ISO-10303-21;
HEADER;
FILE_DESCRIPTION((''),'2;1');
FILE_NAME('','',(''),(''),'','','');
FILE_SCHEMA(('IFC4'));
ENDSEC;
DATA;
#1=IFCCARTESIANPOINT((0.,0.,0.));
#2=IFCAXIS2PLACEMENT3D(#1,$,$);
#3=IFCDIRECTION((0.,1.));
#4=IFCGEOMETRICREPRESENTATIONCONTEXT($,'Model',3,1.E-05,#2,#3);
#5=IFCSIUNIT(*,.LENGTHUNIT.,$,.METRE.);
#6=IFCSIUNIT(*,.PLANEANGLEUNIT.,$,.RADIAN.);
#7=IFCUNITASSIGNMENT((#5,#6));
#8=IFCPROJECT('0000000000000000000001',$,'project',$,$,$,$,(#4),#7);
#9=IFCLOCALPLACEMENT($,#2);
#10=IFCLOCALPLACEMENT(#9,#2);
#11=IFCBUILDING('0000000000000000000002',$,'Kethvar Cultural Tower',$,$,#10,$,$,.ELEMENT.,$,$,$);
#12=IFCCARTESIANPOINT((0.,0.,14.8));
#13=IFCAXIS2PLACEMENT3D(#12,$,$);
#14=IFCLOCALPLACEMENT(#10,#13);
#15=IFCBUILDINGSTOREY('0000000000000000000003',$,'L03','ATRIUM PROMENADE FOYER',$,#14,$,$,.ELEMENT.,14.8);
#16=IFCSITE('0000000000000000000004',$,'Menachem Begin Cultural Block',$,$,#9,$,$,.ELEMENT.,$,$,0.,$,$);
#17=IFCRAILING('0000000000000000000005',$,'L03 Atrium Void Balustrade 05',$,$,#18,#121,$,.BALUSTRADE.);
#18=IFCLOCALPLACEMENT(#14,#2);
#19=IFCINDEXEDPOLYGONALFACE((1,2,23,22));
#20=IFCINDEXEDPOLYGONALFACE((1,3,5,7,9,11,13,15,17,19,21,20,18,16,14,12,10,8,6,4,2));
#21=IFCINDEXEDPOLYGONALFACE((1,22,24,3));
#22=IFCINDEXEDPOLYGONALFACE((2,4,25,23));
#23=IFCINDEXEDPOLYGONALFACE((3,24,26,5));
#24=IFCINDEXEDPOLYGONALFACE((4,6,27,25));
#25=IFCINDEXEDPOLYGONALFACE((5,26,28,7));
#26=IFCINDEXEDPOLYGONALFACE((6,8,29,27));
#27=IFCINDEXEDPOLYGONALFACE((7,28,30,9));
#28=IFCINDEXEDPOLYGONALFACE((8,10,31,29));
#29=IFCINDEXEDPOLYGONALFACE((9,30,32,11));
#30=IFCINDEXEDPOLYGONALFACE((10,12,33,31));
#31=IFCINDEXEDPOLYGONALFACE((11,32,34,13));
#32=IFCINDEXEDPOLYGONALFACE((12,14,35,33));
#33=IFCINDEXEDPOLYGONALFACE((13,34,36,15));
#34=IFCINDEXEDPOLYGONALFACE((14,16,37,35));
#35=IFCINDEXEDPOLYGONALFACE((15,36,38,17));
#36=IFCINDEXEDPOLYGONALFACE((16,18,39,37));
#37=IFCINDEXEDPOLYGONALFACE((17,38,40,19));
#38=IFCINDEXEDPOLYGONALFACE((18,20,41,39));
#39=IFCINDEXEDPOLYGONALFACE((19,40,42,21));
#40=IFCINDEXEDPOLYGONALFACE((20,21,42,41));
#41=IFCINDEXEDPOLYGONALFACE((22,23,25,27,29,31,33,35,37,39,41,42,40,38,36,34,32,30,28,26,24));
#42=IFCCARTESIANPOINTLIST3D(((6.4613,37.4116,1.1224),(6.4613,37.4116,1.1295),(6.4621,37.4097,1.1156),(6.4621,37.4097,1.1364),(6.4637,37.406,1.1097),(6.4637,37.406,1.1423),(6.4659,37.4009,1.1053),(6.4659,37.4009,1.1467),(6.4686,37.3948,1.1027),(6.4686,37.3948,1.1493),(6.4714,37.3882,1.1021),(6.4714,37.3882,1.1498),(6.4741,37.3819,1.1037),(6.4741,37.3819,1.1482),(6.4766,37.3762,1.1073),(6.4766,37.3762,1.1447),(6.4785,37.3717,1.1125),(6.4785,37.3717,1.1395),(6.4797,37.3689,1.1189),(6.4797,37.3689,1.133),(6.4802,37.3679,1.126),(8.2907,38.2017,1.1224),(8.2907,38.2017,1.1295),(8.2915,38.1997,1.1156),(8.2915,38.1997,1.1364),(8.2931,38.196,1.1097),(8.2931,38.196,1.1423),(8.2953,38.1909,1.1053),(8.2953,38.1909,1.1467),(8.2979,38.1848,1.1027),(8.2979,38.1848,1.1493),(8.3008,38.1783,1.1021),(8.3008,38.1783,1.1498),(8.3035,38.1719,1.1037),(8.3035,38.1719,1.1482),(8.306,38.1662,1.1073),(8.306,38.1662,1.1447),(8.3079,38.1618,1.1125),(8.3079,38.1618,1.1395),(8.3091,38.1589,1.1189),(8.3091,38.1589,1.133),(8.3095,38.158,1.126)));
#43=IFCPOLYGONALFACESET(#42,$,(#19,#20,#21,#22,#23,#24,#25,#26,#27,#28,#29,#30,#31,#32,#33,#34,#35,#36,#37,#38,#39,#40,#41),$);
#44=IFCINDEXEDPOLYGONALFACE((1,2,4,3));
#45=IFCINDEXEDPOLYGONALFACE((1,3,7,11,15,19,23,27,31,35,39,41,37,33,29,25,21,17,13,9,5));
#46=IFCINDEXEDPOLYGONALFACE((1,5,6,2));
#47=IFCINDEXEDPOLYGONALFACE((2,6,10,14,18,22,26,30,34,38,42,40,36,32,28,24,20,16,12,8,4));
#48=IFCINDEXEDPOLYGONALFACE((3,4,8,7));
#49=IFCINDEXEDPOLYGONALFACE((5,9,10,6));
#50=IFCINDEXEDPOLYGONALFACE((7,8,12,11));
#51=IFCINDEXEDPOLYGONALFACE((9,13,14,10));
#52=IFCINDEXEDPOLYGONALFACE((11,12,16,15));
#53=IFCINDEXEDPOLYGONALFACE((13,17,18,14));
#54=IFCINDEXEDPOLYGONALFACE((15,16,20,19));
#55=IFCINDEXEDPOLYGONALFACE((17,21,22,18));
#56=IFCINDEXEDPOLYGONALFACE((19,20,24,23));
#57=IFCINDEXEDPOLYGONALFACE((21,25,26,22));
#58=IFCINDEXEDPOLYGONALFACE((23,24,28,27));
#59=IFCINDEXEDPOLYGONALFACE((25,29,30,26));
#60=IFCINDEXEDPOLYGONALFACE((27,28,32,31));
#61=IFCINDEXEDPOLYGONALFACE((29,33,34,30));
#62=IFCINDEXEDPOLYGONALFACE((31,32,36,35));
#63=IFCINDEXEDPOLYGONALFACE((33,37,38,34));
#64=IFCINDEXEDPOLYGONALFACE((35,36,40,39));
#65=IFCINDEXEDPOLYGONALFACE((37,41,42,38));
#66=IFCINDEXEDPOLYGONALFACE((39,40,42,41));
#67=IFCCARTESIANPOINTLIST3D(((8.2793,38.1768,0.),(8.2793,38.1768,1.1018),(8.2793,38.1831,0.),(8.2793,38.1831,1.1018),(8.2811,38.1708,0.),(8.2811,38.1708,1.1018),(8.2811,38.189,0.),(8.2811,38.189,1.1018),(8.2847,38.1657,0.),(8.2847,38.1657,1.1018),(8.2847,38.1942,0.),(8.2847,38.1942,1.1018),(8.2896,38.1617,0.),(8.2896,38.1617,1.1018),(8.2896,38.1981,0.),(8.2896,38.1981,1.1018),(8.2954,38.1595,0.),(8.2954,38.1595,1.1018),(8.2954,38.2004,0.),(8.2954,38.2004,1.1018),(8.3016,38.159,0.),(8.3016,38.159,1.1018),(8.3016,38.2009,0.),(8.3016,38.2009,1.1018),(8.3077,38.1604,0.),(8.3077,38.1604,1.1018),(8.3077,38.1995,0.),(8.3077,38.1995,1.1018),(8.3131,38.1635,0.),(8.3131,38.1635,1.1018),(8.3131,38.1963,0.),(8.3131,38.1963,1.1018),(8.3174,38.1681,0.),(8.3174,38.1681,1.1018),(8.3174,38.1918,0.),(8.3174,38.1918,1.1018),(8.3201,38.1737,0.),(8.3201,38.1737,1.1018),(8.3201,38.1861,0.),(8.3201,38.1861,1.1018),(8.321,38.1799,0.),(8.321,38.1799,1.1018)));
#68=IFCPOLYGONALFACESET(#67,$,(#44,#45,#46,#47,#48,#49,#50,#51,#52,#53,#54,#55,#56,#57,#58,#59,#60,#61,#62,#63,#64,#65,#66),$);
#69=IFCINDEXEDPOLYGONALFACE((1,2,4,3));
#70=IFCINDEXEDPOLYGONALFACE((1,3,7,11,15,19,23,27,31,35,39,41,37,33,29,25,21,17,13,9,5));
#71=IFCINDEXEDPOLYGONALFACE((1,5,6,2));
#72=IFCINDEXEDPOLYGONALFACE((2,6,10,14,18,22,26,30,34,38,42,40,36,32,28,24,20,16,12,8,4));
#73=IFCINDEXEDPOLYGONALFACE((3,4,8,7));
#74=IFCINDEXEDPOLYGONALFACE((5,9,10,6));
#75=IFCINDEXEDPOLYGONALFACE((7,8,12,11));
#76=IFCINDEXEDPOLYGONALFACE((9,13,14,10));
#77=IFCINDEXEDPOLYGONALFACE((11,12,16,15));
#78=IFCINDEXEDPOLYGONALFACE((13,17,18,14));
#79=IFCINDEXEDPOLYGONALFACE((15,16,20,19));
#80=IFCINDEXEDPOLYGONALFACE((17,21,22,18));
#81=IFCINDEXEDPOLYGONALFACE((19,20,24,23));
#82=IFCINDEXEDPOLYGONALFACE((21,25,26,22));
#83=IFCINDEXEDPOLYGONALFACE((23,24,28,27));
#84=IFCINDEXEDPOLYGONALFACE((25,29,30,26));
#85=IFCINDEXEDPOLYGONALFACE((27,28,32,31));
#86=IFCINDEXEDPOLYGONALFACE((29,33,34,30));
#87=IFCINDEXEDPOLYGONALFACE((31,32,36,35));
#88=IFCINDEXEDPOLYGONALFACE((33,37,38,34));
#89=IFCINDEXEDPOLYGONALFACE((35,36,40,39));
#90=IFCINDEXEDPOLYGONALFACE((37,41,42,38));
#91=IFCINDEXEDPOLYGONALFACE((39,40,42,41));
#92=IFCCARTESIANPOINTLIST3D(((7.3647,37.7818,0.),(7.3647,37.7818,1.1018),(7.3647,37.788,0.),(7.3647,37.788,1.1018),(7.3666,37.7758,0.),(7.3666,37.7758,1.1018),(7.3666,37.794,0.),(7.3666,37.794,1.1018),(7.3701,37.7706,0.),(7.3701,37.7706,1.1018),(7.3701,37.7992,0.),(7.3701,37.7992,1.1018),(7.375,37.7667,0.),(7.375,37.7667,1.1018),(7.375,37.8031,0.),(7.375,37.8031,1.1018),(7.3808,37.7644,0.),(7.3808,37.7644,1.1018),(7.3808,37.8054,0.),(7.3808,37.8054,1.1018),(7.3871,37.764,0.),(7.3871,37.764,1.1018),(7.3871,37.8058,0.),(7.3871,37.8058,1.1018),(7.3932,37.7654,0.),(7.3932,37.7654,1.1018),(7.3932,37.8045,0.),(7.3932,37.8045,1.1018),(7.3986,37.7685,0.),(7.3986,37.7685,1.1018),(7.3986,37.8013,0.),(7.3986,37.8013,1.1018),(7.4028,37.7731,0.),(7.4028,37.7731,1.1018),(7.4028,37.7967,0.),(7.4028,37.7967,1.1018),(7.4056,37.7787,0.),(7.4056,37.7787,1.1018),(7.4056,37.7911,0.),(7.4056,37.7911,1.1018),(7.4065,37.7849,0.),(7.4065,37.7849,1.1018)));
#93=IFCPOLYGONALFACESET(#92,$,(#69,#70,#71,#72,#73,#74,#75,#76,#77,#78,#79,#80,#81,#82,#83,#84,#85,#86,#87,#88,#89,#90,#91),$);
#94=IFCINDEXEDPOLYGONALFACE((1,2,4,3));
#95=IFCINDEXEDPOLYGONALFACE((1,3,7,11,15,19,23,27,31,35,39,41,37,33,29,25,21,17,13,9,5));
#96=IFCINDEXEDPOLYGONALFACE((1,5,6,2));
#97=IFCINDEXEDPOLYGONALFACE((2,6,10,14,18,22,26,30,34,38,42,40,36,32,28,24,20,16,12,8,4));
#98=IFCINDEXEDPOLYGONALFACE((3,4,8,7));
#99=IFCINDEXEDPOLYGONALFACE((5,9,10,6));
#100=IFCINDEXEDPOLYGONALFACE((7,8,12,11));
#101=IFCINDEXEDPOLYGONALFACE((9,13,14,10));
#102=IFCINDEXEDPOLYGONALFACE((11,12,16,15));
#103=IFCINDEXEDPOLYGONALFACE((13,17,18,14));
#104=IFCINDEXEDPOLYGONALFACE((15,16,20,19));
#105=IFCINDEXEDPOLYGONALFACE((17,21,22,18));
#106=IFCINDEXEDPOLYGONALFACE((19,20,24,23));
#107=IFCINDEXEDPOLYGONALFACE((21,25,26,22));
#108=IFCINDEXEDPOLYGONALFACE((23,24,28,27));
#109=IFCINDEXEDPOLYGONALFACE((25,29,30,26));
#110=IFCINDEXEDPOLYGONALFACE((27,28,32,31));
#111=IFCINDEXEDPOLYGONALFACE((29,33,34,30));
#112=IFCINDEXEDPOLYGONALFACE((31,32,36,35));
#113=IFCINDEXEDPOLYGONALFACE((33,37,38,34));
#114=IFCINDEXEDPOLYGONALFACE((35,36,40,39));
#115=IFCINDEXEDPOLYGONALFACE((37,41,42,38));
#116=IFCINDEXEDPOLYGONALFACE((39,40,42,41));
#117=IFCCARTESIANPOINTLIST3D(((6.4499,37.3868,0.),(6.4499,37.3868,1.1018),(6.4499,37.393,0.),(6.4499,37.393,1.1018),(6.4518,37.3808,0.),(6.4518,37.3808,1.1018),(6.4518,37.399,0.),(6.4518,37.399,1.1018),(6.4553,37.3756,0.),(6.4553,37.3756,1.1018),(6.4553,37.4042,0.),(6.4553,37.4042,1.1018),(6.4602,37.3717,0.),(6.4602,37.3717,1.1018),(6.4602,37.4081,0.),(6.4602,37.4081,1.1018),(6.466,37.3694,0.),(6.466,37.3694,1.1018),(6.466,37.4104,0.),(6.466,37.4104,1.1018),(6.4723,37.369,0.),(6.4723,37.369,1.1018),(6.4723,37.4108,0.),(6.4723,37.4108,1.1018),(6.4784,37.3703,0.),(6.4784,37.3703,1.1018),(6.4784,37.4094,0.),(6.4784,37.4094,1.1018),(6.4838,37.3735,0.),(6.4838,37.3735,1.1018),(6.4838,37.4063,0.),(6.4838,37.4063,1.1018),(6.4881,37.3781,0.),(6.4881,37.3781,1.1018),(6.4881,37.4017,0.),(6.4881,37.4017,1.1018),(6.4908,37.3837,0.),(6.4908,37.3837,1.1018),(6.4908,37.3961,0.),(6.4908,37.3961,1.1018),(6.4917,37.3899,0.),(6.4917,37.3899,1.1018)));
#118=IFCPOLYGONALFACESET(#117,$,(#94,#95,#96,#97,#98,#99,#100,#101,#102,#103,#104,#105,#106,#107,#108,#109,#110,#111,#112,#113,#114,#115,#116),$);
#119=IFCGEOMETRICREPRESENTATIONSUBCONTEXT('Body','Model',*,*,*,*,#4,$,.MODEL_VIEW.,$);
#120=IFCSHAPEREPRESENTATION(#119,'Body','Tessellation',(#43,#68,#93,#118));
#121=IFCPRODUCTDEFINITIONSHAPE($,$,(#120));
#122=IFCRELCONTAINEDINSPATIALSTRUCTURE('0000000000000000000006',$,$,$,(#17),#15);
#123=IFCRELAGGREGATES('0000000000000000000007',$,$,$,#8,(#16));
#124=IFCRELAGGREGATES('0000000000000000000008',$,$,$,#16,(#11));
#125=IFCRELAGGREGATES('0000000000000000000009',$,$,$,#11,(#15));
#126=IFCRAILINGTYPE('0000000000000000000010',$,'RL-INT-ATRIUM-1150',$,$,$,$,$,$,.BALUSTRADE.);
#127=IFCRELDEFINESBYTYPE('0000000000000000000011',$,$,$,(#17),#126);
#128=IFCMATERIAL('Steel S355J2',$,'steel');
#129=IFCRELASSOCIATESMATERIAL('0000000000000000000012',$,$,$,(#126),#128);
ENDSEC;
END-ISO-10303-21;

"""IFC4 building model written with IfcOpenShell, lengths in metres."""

from ifc_helpers import new_model, si_unit, direction, frame, origin, origin_2d, place, context, subcontext, project, spatial, circle, extrude, material, type_object, element, save


model = new_model("IFC4")

# Units and contexts
model_context = context("Model", 3, precision=1e-05, world=origin(), true_north=direction((0.0, 1.0)))
body_context = subcontext(model_context, "Body", "Model", "MODEL_VIEW")
ifc_project = project(units=[si_unit("LENGTHUNIT", "METRE"), si_unit("PLANEANGLEUNIT", "RADIAN")], contexts=[model_context])

# Site, building, storey
site_placement = place(None, origin())
site = spatial("IfcSite", under=ifc_project, at=site_placement, Name="Menachem Begin Cultural Block", CompositionType="ELEMENT", RefElevation=0.0)
building_placement = place(site_placement, origin())
building = spatial("IfcBuilding", under=site, at=building_placement, Name="Kethvar Cultural Tower", CompositionType="ELEMENT")
storey_placement = place(building_placement, frame((0.0, 0.0, 14.8)))
storey = spatial("IfcBuildingStorey", under=building, at=storey_placement, Name="L03", Description="ATRIUM PROMENADE FOYER", CompositionType="ELEMENT", Elevation=14.8)

# Shared definitions
ifc_material_1 = material(Name="Steel S355J2", Category="steel")

# Railing
railing_type = type_object("IfcRailingType", Name="RL-INT-ATRIUM-1150", PredefinedType="BALUSTRADE", material=ifc_material_1)
railing_1_placement = place(storey_placement, frame((8.3, 38.1799, 0.0)))
element("IfcRailing", 1, at=railing_1_placement, inside=storey, type_object=railing_type, Name="L03 Atrium Void Balustrade 05", PredefinedType="BALUSTRADE", context=body_context, shape_type="SweptSolid", body=[
    extrude(circle(Radius=0.0239, at=origin_2d()), frame((0.0, 0.0, 1.126), z_axis=(-0.918045, -0.396476, 0.0), x_axis=(0.396476, -0.918045, 0.0)), (0.0, 0.0, 1.0), 1.9927),
    extrude(circle(Radius=0.021, at=origin_2d()), origin(), (0.0, 0.0, 1.0), 1.1018),
    extrude(circle(Radius=0.021, at=origin_2d()), frame((-0.9146, -0.395, 0.0)), (0.0, 0.0, 1.0), 1.1018),
    extrude(circle(Radius=0.021, at=origin_2d()), frame((-1.8293, -0.79, 0.0)), (0.0, 0.0, 1.0), 1.1018),
])

save(model, "model.ifc")
